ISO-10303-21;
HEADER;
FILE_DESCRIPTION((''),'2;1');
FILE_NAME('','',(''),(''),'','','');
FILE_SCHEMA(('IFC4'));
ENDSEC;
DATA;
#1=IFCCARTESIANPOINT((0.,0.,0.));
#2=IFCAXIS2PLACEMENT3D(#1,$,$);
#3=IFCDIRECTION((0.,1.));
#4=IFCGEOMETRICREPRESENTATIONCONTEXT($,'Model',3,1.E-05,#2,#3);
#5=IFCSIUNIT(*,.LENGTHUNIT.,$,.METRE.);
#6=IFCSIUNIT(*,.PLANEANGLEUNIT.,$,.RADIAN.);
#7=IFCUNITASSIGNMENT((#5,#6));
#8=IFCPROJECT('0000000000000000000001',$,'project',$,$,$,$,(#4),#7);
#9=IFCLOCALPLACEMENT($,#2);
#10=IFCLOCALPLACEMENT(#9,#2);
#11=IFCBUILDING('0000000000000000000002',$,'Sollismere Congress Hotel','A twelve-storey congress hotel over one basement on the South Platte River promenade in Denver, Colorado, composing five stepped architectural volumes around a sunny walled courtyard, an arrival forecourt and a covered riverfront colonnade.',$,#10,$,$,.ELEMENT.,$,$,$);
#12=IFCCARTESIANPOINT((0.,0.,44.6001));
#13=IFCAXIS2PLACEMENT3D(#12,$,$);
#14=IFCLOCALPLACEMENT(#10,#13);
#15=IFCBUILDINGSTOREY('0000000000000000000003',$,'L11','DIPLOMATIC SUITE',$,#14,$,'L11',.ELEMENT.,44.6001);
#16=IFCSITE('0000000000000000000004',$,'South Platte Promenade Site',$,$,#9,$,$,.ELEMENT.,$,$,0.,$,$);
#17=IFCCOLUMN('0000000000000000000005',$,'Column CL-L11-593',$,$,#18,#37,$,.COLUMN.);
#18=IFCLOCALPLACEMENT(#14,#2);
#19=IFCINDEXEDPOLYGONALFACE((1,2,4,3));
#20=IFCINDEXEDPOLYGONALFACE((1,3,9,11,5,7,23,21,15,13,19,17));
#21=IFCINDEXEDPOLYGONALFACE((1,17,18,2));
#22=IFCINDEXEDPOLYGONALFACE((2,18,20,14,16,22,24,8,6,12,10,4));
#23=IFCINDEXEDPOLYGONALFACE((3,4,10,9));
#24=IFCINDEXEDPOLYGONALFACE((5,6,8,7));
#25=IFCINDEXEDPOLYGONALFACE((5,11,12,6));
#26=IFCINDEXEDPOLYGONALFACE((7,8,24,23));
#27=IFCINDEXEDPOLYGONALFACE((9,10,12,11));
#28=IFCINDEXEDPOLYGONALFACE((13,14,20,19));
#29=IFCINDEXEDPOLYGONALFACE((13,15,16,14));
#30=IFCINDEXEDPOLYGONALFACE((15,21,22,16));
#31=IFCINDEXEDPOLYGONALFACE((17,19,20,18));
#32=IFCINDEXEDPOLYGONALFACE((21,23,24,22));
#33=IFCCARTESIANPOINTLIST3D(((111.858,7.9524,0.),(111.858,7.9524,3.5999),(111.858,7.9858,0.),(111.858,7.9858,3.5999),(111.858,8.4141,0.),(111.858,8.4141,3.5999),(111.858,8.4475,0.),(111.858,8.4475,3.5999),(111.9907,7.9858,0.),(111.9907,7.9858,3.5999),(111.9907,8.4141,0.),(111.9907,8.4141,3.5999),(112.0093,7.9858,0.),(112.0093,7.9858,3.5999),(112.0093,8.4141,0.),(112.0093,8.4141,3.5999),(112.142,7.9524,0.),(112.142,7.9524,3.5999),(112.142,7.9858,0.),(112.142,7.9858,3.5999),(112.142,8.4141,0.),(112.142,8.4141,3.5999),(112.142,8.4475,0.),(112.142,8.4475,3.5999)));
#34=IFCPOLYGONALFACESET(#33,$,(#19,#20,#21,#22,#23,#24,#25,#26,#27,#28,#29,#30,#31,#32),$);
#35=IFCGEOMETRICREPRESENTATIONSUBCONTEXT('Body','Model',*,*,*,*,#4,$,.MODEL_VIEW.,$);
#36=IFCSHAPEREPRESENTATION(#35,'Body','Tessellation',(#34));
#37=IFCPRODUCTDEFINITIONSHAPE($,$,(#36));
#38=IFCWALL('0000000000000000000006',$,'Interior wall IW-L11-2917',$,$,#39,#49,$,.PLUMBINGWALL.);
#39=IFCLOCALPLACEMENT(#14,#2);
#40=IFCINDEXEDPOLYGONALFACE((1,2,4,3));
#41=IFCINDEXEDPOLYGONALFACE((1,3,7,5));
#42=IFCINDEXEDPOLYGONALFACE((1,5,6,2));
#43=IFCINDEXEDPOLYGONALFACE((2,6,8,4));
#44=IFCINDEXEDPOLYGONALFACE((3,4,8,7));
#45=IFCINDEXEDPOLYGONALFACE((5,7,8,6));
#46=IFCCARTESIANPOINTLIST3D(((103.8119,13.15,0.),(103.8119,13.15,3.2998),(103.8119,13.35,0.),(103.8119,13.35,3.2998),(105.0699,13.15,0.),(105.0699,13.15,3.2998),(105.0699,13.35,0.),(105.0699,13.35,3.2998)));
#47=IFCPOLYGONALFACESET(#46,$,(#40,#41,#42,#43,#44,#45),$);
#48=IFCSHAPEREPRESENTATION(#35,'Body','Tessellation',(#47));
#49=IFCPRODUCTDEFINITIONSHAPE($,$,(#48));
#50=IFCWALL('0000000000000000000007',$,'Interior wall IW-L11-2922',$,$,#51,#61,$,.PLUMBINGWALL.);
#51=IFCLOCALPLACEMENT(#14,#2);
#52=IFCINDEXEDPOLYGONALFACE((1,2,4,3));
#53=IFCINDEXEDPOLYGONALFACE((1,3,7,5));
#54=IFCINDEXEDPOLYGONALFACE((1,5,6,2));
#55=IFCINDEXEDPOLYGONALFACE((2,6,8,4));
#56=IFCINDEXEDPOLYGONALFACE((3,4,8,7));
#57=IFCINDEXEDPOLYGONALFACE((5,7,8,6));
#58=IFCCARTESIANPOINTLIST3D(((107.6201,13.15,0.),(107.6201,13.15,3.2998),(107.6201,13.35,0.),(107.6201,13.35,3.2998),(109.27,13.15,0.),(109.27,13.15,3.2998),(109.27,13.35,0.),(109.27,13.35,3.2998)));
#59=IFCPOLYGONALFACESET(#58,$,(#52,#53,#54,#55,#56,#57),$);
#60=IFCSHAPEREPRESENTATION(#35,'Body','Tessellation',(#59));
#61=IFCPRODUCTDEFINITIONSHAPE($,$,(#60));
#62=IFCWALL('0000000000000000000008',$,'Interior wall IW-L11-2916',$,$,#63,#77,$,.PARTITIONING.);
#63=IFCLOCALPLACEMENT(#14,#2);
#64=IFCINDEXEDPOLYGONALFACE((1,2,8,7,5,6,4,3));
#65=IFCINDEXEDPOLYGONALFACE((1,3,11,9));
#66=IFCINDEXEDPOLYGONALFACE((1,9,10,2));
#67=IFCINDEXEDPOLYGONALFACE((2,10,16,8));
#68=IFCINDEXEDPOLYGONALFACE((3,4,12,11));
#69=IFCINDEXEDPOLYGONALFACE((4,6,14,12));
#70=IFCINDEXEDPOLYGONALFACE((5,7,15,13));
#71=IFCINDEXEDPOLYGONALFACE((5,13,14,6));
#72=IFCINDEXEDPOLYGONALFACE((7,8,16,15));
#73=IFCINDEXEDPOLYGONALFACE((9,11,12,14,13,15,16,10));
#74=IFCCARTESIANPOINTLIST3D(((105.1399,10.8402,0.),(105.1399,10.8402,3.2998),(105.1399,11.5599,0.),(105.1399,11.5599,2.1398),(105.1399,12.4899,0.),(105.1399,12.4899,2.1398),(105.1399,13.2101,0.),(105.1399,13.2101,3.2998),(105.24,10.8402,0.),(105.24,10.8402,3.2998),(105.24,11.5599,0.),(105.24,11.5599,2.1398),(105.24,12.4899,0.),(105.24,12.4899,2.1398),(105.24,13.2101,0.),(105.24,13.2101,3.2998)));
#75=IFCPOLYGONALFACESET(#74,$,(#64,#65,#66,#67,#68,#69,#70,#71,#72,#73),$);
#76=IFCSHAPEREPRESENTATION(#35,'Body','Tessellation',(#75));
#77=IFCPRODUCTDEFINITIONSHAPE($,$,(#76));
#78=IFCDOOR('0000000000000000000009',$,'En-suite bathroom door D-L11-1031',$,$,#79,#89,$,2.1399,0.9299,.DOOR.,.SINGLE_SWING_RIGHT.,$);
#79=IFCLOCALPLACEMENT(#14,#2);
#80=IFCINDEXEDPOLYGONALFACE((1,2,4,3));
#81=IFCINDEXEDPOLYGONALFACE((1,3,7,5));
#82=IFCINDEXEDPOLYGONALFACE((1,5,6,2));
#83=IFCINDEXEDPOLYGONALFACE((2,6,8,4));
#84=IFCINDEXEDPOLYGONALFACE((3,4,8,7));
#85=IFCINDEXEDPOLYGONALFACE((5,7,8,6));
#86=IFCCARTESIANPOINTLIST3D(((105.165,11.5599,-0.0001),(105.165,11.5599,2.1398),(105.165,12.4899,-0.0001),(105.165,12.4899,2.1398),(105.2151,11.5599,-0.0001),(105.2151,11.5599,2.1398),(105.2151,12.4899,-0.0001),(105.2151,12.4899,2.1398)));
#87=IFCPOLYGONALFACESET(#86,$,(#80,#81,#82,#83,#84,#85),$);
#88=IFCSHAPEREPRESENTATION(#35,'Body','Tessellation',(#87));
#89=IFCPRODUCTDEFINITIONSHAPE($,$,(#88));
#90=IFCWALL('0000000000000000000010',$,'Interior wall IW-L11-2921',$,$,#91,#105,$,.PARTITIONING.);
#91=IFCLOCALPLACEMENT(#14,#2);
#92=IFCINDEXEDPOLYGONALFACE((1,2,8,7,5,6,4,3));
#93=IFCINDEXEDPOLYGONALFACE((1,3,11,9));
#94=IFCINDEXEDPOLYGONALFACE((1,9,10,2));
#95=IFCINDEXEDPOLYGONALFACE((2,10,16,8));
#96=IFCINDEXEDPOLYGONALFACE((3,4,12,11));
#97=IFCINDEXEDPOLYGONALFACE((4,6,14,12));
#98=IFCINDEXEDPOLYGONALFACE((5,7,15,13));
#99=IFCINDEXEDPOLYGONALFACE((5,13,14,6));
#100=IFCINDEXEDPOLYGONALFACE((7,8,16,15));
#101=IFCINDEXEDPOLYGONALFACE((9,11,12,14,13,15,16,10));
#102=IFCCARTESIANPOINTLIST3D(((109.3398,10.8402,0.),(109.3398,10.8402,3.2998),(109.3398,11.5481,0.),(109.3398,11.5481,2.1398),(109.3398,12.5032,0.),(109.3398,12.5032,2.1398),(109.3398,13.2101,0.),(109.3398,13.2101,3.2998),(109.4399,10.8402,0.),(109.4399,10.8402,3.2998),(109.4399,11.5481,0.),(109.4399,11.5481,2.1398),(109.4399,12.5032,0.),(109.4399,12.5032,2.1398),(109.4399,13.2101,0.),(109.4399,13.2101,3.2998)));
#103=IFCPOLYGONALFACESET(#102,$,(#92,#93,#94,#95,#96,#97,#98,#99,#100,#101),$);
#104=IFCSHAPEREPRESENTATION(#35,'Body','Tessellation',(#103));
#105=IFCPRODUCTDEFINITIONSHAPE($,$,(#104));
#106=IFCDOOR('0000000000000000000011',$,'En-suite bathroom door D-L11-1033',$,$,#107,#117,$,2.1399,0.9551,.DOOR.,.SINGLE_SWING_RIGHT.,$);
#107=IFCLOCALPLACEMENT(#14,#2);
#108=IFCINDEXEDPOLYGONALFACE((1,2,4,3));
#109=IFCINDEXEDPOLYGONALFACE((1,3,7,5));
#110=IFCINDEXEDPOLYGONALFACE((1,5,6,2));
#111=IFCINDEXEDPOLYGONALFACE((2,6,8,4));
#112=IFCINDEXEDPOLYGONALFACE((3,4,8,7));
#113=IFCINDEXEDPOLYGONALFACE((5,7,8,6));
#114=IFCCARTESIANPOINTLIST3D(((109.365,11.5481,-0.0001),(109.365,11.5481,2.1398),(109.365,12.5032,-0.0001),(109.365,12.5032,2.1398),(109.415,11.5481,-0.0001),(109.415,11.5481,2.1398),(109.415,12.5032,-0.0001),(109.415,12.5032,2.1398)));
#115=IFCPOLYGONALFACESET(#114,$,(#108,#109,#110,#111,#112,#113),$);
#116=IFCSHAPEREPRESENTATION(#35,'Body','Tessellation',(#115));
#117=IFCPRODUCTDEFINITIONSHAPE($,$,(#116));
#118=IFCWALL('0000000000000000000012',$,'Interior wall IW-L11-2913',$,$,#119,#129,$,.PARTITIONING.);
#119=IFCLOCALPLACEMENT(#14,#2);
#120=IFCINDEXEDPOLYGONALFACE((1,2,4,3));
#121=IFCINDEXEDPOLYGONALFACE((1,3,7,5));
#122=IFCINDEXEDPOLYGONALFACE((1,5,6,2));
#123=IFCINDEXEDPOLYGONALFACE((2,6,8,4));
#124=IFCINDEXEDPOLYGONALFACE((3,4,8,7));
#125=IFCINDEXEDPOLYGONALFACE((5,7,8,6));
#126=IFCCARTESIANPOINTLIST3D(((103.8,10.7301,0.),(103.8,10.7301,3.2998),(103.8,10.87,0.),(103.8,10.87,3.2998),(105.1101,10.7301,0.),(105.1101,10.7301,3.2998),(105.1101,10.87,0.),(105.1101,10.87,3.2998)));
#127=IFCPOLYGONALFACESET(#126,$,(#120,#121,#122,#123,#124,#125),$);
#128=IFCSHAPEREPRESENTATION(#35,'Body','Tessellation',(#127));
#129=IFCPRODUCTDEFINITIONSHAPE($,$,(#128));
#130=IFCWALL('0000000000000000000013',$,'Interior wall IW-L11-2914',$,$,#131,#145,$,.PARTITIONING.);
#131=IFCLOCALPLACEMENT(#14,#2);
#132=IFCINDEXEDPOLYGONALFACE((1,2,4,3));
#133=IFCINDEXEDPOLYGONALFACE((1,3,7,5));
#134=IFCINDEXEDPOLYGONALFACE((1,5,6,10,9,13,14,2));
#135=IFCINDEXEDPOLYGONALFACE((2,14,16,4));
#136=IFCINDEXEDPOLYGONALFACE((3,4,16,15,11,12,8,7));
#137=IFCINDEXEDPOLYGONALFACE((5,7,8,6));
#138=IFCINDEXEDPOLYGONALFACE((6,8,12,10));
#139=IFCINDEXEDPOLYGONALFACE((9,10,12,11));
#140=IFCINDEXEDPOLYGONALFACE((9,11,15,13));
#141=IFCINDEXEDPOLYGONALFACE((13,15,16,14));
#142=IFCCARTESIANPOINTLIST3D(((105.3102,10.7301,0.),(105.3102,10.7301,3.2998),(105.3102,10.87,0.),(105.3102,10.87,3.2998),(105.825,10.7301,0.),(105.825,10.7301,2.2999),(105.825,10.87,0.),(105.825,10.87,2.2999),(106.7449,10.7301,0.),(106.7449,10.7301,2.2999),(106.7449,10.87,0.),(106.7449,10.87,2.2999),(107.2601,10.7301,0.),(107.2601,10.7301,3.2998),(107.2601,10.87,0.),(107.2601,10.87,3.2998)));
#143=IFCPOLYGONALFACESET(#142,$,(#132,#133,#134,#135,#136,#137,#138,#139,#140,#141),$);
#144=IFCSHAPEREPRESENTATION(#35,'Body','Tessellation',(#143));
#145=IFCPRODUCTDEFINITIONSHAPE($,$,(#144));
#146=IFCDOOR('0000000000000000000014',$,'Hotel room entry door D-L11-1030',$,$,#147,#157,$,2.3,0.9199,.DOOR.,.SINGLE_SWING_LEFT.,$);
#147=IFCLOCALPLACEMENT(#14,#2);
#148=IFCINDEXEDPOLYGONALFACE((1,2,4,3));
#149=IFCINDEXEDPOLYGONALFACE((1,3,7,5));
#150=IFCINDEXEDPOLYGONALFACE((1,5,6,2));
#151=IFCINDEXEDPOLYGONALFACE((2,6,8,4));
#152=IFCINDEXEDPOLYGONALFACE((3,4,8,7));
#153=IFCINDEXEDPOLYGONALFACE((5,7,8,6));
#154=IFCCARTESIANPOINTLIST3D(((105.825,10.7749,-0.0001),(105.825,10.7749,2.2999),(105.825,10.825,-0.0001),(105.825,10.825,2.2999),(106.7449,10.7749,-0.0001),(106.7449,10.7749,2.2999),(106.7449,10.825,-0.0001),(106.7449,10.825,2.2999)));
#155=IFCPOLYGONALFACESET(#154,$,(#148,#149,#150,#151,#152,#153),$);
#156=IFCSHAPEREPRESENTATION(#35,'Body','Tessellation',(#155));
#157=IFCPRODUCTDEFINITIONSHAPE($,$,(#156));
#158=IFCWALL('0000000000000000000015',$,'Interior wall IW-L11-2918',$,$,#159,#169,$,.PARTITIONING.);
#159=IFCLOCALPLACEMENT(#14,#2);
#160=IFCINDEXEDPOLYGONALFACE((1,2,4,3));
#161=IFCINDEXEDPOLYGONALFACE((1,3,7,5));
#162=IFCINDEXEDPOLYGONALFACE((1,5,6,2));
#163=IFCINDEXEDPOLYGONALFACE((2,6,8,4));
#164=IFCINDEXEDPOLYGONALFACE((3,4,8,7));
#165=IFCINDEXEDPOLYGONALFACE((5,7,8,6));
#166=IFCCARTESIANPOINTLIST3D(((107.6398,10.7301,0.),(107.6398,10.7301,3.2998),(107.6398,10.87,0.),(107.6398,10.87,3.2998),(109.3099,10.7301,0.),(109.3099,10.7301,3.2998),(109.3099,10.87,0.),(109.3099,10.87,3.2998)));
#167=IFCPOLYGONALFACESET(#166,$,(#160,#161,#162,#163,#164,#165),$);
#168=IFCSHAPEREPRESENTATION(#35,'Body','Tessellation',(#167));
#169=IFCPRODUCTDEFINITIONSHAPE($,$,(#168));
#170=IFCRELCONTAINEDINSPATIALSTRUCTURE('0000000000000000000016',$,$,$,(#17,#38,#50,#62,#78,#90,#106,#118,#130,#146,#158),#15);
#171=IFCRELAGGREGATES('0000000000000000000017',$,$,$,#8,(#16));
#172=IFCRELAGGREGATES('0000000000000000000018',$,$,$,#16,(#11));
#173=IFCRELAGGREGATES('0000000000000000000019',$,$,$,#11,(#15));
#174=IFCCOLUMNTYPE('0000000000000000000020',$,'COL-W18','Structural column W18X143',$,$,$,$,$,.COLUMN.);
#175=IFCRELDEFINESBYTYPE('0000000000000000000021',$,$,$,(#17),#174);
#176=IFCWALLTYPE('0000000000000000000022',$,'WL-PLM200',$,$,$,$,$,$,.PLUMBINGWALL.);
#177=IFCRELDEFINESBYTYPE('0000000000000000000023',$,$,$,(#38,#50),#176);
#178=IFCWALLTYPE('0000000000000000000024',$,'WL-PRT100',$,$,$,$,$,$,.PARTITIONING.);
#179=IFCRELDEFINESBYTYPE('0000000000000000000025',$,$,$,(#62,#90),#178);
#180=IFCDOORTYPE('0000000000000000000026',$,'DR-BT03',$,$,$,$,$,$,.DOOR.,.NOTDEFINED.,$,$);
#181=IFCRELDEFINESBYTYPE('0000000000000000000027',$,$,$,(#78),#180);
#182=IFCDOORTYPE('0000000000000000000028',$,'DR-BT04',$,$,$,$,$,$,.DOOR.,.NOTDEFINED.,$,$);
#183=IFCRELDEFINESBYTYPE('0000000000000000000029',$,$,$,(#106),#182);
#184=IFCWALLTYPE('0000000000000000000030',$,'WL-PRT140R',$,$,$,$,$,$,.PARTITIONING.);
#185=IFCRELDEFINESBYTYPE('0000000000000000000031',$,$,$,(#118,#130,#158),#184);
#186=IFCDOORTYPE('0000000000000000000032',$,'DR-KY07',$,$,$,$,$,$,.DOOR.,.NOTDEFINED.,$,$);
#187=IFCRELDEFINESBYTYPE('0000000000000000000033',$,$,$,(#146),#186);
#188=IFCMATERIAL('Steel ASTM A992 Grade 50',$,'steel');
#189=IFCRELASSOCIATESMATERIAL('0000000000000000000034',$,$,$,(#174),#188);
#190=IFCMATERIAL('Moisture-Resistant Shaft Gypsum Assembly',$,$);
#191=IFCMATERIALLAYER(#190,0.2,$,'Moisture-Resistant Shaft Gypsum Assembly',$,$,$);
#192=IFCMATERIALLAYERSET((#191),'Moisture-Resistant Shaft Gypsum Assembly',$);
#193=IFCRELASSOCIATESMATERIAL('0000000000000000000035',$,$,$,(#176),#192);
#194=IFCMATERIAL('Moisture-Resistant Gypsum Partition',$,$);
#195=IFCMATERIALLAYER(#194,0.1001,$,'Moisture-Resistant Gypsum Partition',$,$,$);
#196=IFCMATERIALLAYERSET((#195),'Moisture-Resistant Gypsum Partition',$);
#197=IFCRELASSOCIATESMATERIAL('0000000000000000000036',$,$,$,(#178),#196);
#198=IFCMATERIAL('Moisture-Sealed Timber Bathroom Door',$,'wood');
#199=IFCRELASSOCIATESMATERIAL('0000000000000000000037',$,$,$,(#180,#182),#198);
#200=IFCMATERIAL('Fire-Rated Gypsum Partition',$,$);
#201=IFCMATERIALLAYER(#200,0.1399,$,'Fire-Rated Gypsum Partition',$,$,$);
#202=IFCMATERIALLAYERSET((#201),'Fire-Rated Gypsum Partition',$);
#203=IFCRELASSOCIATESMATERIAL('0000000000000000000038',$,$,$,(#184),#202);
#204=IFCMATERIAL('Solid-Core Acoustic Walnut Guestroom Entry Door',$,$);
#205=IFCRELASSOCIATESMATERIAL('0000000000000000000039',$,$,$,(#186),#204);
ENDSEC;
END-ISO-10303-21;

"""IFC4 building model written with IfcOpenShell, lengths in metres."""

from ifc_helpers import new_model, si_unit, direction, frame, frame_2d, origin, origin_2d, place, context, subcontext, project, spatial, rectangle, i_section, extrude, material, layer, layer_set, material_profile, profile_set, type_object, element, fill, save


model = new_model("IFC4")

# Units and contexts
model_context = context("Model", 3, precision=1e-05, world=origin(), true_north=direction((0.0, 1.0)))
body_context = subcontext(model_context, "Body", "Model", "MODEL_VIEW")
ifc_project = project(units=[si_unit("LENGTHUNIT", "METRE"), si_unit("PLANEANGLEUNIT", "RADIAN")], contexts=[model_context])

# Site, building, storey
site_placement = place(None, origin())
site = spatial("IfcSite", under=ifc_project, at=site_placement, Name="South Platte Promenade Site", CompositionType="ELEMENT", RefElevation=0.0)
building_placement = place(site_placement, origin())
building = spatial("IfcBuilding", under=site, at=building_placement, Name="Sollismere Congress Hotel", Description="A twelve-storey congress hotel over one basement on the South Platte River promenade in Denver, Colorado, composing five stepped architectural volumes around a sunny walled courtyard, an arrival forecourt and a covered riverfront colonnade.", CompositionType="ELEMENT")
storey_placement = place(building_placement, frame((0.0, 0.0, 44.6001)))
storey = spatial("IfcBuildingStorey", under=building, at=storey_placement, Name="L11", Description="DIPLOMATIC SUITE", LongName="L11", CompositionType="ELEMENT", Elevation=44.6001)

# Column
ifc_material_1 = material(Name="Steel ASTM A992 Grade 50", Category="steel")
ifc_material_profile = material_profile(ifc_material_1, i_section(OverallWidth=0.2839, OverallDepth=0.4951, WebThickness=0.0186, FlangeThickness=0.0334, at=origin_2d()), Name="W18X143")
ifc_profile_set = profile_set([ifc_material_profile], Name="Steel ASTM A992 Grade 50")
column_type = type_object("IfcColumnType", Name="COL-W18", Description="Structural column W18X143", PredefinedType="COLUMN", material=ifc_profile_set)
column_placement = place(storey_placement, frame((112.0, 8.2, 0.0), z_axis=(0.0, 0.0, 1.0), x_axis=(1.0, 0.0, 0.0)))
element("IfcColumn", 1, at=column_placement, inside=storey, type_object=column_type, Name="Column CL-L11-593", PredefinedType="COLUMN", context=body_context, shape_type="SweptSolid", body=[
    extrude(i_section(OverallWidth=0.2839, OverallDepth=0.4951, WebThickness=0.0186, FlangeThickness=0.0334, at=origin_2d()), origin(), (0.0, 0.0, 1.0), 3.5999),
])

# Walls
ifc_material_2 = material(Name="Moisture-Resistant Shaft Gypsum Assembly")
ifc_layer_1 = layer(ifc_material_2, 0.2, Name="Moisture-Resistant Shaft Gypsum Assembly")
ifc_layer_set_1 = layer_set([ifc_layer_1], Name="Moisture-Resistant Shaft Gypsum Assembly")
wall_type_1 = type_object("IfcWallType", Name="WL-PLM200", PredefinedType="PLUMBINGWALL", material=ifc_layer_set_1)
wall_1_placement = place(storey_placement, frame((103.812, 13.25, 0.0), z_axis=(0.0, 0.0, 1.0), x_axis=(1.0, 0.0, 0.0)))
element("IfcWall", 2, at=wall_1_placement, inside=storey, type_object=wall_type_1, Name="Interior wall IW-L11-2917", PredefinedType="PLUMBINGWALL", context=body_context, shape_type="SweptSolid", body=[
    extrude(rectangle(XDim=1.2581, YDim=0.2, at=frame_2d((0.6289, 0.0))), origin(), (0.0, 0.0, 1.0), 3.2998),
])
wall_2_placement = place(storey_placement, frame((107.6201, 13.25, 0.0), z_axis=(0.0, 0.0, 1.0), x_axis=(1.0, 0.0, 0.0)))
element("IfcWall", 3, at=wall_2_placement, inside=storey, type_object=wall_type_1, Name="Interior wall IW-L11-2922", PredefinedType="PLUMBINGWALL", context=body_context, shape_type="SweptSolid", body=[
    extrude(rectangle(XDim=1.6499, YDim=0.2, at=frame_2d((0.825, 0.0))), origin(), (0.0, 0.0, 1.0), 3.2998),
])

# Walls, openings, doors
ifc_material_3 = material(Name="Moisture-Resistant Gypsum Partition")
ifc_layer_2 = layer(ifc_material_3, 0.1001, Name="Moisture-Resistant Gypsum Partition")
ifc_layer_set_2 = layer_set([ifc_layer_2], Name="Moisture-Resistant Gypsum Partition")
wall_type_2 = type_object("IfcWallType", Name="WL-PRT100", PredefinedType="PARTITIONING", material=ifc_layer_set_2)
wall_3_placement = place(storey_placement, frame((105.1899, 10.8401, 0.0), z_axis=(0.0, 0.0, 1.0), x_axis=(0.0, 1.0, 0.0)))
wall_3 = element("IfcWall", 4, at=wall_3_placement, inside=storey, type_object=wall_type_2, Name="Interior wall IW-L11-2916", PredefinedType="PARTITIONING", context=body_context, shape_type="SweptSolid", body=[
    extrude(rectangle(XDim=2.3699, YDim=0.1001, at=frame_2d((1.1851, 0.0))), origin(), (0.0, 0.0, 1.0), 3.2998),
])
opening_1_placement = place(wall_3_placement, frame((0.72, 0.0, 0.0)))
opening_1 = element("IfcOpeningElement", 5, at=opening_1_placement, cuts=wall_3, PredefinedType="OPENING", context=body_context, shape_type="SweptSolid", body=[
    extrude(rectangle(XDim=0.9299, YDim=2.1399, at=frame_2d((0.4648, 1.0698))), frame((0.0, 0.0601, 0.0), z_axis=(0.0, -1.0, 0.0), x_axis=(1.0, 0.0, 0.0)), (0.0, 0.0, 1.0), 0.1201),
])
ifc_material_4 = material(Name="Moisture-Sealed Timber Bathroom Door", Category="wood")
door_type_1 = type_object("IfcDoorType", Name="DR-BT03", OperationType="NOTDEFINED", PredefinedType="DOOR", material=ifc_material_4)
door_1_placement = place(opening_1_placement, origin())
door_1 = element("IfcDoor", 6, at=door_1_placement, inside=storey, type_object=door_type_1, Name="En-suite bathroom door D-L11-1031", OperationType="SINGLE_SWING_RIGHT", OverallHeight=2.1399, OverallWidth=0.9299, PredefinedType="DOOR", context=body_context, shape_type="SweptSolid", body=[
    extrude(rectangle(XDim=0.9299, YDim=2.1399, at=frame_2d((0.4648, 1.0698))), frame((0.0, 0.0249, 0.0), z_axis=(0.0, -1.0, 0.0), x_axis=(1.0, 0.0, 0.0)), (0.0, 0.0, 1.0), 0.05),
])
fill(opening_1, door_1)
wall_4_placement = place(storey_placement, frame((109.3899, 10.8401, 0.0), z_axis=(0.0, 0.0, 1.0), x_axis=(0.0, 1.0, 0.0)))
wall_4 = element("IfcWall", 7, at=wall_4_placement, inside=storey, type_object=wall_type_2, Name="Interior wall IW-L11-2921", PredefinedType="PARTITIONING", context=body_context, shape_type="SweptSolid", body=[
    extrude(rectangle(XDim=2.3699, YDim=0.1001, at=frame_2d((1.1851, 0.0))), origin(), (0.0, 0.0, 1.0), 3.2998),
])
opening_2_placement = place(wall_4_placement, frame((0.708, 0.0, 0.0)))
opening_2 = element("IfcOpeningElement", 8, at=opening_2_placement, cuts=wall_4, PredefinedType="OPENING", context=body_context, shape_type="SweptSolid", body=[
    extrude(rectangle(XDim=0.9551, YDim=2.1399, at=frame_2d((0.4775, 1.0698))), frame((0.0, 0.0601, 0.0), z_axis=(0.0, -1.0, 0.0), x_axis=(1.0, 0.0, 0.0)), (0.0, 0.0, 1.0), 0.1201),
])
door_type_2 = type_object("IfcDoorType", Name="DR-BT04", OperationType="NOTDEFINED", PredefinedType="DOOR", material=ifc_material_4)
door_2_placement = place(opening_2_placement, origin())
door_2 = element("IfcDoor", 9, at=door_2_placement, inside=storey, type_object=door_type_2, Name="En-suite bathroom door D-L11-1033", OperationType="SINGLE_SWING_RIGHT", OverallHeight=2.1399, OverallWidth=0.9551, PredefinedType="DOOR", context=body_context, shape_type="SweptSolid", body=[
    extrude(rectangle(XDim=0.9551, YDim=2.1399, at=frame_2d((0.4775, 1.0698))), frame((0.0, 0.0249, 0.0), z_axis=(0.0, -1.0, 0.0), x_axis=(1.0, 0.0, 0.0)), (0.0, 0.0, 1.0), 0.05),
])
fill(opening_2, door_2)

# Wall
ifc_material_5 = material(Name="Fire-Rated Gypsum Partition")
ifc_layer_3 = layer(ifc_material_5, 0.1399, Name="Fire-Rated Gypsum Partition")
ifc_layer_set_3 = layer_set([ifc_layer_3], Name="Fire-Rated Gypsum Partition")
wall_type_3 = type_object("IfcWallType", Name="WL-PRT140R", PredefinedType="PARTITIONING", material=ifc_layer_set_3)
wall_5_placement = place(storey_placement, frame((103.8, 10.8, 0.0), z_axis=(0.0, 0.0, 1.0), x_axis=(1.0, 0.0, 0.0)))
element("IfcWall", 10, at=wall_5_placement, inside=storey, type_object=wall_type_3, Name="Interior wall IW-L11-2913", PredefinedType="PARTITIONING", context=body_context, shape_type="SweptSolid", body=[
    extrude(rectangle(XDim=1.3101, YDim=0.1399, at=frame_2d((0.655, 0.0))), origin(), (0.0, 0.0, 1.0), 3.2998),
])

# Wall, opening, door
wall_6_placement = place(storey_placement, frame((105.3101, 10.8, 0.0), z_axis=(0.0, 0.0, 1.0), x_axis=(1.0, 0.0, 0.0)))
wall_6 = element("IfcWall", 11, at=wall_6_placement, inside=storey, type_object=wall_type_3, Name="Interior wall IW-L11-2914", PredefinedType="PARTITIONING", context=body_context, shape_type="SweptSolid", body=[
    extrude(rectangle(XDim=1.95, YDim=0.1399, at=frame_2d((0.9751, 0.0))), origin(), (0.0, 0.0, 1.0), 3.2998),
])
opening_3_placement = place(wall_6_placement, frame((0.5149, 0.0, 0.0)))
opening_3 = element("IfcOpeningElement", 12, at=opening_3_placement, cuts=wall_6, PredefinedType="OPENING", context=body_context, shape_type="SweptSolid", body=[
    extrude(rectangle(XDim=0.9199, YDim=2.3, at=frame_2d((0.46, 1.1499))), frame((0.0, 0.0798, 0.0), z_axis=(0.0, -1.0, 0.0), x_axis=(1.0, 0.0, 0.0)), (0.0, 0.0, 1.0), 0.1599),
])
ifc_material_6 = material(Name="Solid-Core Acoustic Walnut Guestroom Entry Door")
door_type_3 = type_object("IfcDoorType", Name="DR-KY07", OperationType="NOTDEFINED", PredefinedType="DOOR", material=ifc_material_6)
door_3_placement = place(opening_3_placement, origin())
door_3 = element("IfcDoor", 13, at=door_3_placement, inside=storey, type_object=door_type_3, Name="Hotel room entry door D-L11-1030", OperationType="SINGLE_SWING_LEFT", OverallHeight=2.3, OverallWidth=0.9199, PredefinedType="DOOR", context=body_context, shape_type="SweptSolid", body=[
    extrude(rectangle(XDim=0.9199, YDim=2.3, at=frame_2d((0.46, 1.1499))), frame((0.0, 0.0249, 0.0), z_axis=(0.0, -1.0, 0.0), x_axis=(1.0, 0.0, 0.0)), (0.0, 0.0, 1.0), 0.05),
])
fill(opening_3, door_3)

# Wall
wall_7_placement = place(storey_placement, frame((107.6399, 10.8, 0.0), z_axis=(0.0, 0.0, 1.0), x_axis=(1.0, 0.0, 0.0)))
element("IfcWall", 14, at=wall_7_placement, inside=storey, type_object=wall_type_3, Name="Interior wall IW-L11-2918", PredefinedType="PARTITIONING", context=body_context, shape_type="SweptSolid", body=[
    extrude(rectangle(XDim=1.6702, YDim=0.1399, at=frame_2d((0.835, 0.0))), origin(), (0.0, 0.0, 1.0), 3.2998),
])

save(model, "model.ifc")
